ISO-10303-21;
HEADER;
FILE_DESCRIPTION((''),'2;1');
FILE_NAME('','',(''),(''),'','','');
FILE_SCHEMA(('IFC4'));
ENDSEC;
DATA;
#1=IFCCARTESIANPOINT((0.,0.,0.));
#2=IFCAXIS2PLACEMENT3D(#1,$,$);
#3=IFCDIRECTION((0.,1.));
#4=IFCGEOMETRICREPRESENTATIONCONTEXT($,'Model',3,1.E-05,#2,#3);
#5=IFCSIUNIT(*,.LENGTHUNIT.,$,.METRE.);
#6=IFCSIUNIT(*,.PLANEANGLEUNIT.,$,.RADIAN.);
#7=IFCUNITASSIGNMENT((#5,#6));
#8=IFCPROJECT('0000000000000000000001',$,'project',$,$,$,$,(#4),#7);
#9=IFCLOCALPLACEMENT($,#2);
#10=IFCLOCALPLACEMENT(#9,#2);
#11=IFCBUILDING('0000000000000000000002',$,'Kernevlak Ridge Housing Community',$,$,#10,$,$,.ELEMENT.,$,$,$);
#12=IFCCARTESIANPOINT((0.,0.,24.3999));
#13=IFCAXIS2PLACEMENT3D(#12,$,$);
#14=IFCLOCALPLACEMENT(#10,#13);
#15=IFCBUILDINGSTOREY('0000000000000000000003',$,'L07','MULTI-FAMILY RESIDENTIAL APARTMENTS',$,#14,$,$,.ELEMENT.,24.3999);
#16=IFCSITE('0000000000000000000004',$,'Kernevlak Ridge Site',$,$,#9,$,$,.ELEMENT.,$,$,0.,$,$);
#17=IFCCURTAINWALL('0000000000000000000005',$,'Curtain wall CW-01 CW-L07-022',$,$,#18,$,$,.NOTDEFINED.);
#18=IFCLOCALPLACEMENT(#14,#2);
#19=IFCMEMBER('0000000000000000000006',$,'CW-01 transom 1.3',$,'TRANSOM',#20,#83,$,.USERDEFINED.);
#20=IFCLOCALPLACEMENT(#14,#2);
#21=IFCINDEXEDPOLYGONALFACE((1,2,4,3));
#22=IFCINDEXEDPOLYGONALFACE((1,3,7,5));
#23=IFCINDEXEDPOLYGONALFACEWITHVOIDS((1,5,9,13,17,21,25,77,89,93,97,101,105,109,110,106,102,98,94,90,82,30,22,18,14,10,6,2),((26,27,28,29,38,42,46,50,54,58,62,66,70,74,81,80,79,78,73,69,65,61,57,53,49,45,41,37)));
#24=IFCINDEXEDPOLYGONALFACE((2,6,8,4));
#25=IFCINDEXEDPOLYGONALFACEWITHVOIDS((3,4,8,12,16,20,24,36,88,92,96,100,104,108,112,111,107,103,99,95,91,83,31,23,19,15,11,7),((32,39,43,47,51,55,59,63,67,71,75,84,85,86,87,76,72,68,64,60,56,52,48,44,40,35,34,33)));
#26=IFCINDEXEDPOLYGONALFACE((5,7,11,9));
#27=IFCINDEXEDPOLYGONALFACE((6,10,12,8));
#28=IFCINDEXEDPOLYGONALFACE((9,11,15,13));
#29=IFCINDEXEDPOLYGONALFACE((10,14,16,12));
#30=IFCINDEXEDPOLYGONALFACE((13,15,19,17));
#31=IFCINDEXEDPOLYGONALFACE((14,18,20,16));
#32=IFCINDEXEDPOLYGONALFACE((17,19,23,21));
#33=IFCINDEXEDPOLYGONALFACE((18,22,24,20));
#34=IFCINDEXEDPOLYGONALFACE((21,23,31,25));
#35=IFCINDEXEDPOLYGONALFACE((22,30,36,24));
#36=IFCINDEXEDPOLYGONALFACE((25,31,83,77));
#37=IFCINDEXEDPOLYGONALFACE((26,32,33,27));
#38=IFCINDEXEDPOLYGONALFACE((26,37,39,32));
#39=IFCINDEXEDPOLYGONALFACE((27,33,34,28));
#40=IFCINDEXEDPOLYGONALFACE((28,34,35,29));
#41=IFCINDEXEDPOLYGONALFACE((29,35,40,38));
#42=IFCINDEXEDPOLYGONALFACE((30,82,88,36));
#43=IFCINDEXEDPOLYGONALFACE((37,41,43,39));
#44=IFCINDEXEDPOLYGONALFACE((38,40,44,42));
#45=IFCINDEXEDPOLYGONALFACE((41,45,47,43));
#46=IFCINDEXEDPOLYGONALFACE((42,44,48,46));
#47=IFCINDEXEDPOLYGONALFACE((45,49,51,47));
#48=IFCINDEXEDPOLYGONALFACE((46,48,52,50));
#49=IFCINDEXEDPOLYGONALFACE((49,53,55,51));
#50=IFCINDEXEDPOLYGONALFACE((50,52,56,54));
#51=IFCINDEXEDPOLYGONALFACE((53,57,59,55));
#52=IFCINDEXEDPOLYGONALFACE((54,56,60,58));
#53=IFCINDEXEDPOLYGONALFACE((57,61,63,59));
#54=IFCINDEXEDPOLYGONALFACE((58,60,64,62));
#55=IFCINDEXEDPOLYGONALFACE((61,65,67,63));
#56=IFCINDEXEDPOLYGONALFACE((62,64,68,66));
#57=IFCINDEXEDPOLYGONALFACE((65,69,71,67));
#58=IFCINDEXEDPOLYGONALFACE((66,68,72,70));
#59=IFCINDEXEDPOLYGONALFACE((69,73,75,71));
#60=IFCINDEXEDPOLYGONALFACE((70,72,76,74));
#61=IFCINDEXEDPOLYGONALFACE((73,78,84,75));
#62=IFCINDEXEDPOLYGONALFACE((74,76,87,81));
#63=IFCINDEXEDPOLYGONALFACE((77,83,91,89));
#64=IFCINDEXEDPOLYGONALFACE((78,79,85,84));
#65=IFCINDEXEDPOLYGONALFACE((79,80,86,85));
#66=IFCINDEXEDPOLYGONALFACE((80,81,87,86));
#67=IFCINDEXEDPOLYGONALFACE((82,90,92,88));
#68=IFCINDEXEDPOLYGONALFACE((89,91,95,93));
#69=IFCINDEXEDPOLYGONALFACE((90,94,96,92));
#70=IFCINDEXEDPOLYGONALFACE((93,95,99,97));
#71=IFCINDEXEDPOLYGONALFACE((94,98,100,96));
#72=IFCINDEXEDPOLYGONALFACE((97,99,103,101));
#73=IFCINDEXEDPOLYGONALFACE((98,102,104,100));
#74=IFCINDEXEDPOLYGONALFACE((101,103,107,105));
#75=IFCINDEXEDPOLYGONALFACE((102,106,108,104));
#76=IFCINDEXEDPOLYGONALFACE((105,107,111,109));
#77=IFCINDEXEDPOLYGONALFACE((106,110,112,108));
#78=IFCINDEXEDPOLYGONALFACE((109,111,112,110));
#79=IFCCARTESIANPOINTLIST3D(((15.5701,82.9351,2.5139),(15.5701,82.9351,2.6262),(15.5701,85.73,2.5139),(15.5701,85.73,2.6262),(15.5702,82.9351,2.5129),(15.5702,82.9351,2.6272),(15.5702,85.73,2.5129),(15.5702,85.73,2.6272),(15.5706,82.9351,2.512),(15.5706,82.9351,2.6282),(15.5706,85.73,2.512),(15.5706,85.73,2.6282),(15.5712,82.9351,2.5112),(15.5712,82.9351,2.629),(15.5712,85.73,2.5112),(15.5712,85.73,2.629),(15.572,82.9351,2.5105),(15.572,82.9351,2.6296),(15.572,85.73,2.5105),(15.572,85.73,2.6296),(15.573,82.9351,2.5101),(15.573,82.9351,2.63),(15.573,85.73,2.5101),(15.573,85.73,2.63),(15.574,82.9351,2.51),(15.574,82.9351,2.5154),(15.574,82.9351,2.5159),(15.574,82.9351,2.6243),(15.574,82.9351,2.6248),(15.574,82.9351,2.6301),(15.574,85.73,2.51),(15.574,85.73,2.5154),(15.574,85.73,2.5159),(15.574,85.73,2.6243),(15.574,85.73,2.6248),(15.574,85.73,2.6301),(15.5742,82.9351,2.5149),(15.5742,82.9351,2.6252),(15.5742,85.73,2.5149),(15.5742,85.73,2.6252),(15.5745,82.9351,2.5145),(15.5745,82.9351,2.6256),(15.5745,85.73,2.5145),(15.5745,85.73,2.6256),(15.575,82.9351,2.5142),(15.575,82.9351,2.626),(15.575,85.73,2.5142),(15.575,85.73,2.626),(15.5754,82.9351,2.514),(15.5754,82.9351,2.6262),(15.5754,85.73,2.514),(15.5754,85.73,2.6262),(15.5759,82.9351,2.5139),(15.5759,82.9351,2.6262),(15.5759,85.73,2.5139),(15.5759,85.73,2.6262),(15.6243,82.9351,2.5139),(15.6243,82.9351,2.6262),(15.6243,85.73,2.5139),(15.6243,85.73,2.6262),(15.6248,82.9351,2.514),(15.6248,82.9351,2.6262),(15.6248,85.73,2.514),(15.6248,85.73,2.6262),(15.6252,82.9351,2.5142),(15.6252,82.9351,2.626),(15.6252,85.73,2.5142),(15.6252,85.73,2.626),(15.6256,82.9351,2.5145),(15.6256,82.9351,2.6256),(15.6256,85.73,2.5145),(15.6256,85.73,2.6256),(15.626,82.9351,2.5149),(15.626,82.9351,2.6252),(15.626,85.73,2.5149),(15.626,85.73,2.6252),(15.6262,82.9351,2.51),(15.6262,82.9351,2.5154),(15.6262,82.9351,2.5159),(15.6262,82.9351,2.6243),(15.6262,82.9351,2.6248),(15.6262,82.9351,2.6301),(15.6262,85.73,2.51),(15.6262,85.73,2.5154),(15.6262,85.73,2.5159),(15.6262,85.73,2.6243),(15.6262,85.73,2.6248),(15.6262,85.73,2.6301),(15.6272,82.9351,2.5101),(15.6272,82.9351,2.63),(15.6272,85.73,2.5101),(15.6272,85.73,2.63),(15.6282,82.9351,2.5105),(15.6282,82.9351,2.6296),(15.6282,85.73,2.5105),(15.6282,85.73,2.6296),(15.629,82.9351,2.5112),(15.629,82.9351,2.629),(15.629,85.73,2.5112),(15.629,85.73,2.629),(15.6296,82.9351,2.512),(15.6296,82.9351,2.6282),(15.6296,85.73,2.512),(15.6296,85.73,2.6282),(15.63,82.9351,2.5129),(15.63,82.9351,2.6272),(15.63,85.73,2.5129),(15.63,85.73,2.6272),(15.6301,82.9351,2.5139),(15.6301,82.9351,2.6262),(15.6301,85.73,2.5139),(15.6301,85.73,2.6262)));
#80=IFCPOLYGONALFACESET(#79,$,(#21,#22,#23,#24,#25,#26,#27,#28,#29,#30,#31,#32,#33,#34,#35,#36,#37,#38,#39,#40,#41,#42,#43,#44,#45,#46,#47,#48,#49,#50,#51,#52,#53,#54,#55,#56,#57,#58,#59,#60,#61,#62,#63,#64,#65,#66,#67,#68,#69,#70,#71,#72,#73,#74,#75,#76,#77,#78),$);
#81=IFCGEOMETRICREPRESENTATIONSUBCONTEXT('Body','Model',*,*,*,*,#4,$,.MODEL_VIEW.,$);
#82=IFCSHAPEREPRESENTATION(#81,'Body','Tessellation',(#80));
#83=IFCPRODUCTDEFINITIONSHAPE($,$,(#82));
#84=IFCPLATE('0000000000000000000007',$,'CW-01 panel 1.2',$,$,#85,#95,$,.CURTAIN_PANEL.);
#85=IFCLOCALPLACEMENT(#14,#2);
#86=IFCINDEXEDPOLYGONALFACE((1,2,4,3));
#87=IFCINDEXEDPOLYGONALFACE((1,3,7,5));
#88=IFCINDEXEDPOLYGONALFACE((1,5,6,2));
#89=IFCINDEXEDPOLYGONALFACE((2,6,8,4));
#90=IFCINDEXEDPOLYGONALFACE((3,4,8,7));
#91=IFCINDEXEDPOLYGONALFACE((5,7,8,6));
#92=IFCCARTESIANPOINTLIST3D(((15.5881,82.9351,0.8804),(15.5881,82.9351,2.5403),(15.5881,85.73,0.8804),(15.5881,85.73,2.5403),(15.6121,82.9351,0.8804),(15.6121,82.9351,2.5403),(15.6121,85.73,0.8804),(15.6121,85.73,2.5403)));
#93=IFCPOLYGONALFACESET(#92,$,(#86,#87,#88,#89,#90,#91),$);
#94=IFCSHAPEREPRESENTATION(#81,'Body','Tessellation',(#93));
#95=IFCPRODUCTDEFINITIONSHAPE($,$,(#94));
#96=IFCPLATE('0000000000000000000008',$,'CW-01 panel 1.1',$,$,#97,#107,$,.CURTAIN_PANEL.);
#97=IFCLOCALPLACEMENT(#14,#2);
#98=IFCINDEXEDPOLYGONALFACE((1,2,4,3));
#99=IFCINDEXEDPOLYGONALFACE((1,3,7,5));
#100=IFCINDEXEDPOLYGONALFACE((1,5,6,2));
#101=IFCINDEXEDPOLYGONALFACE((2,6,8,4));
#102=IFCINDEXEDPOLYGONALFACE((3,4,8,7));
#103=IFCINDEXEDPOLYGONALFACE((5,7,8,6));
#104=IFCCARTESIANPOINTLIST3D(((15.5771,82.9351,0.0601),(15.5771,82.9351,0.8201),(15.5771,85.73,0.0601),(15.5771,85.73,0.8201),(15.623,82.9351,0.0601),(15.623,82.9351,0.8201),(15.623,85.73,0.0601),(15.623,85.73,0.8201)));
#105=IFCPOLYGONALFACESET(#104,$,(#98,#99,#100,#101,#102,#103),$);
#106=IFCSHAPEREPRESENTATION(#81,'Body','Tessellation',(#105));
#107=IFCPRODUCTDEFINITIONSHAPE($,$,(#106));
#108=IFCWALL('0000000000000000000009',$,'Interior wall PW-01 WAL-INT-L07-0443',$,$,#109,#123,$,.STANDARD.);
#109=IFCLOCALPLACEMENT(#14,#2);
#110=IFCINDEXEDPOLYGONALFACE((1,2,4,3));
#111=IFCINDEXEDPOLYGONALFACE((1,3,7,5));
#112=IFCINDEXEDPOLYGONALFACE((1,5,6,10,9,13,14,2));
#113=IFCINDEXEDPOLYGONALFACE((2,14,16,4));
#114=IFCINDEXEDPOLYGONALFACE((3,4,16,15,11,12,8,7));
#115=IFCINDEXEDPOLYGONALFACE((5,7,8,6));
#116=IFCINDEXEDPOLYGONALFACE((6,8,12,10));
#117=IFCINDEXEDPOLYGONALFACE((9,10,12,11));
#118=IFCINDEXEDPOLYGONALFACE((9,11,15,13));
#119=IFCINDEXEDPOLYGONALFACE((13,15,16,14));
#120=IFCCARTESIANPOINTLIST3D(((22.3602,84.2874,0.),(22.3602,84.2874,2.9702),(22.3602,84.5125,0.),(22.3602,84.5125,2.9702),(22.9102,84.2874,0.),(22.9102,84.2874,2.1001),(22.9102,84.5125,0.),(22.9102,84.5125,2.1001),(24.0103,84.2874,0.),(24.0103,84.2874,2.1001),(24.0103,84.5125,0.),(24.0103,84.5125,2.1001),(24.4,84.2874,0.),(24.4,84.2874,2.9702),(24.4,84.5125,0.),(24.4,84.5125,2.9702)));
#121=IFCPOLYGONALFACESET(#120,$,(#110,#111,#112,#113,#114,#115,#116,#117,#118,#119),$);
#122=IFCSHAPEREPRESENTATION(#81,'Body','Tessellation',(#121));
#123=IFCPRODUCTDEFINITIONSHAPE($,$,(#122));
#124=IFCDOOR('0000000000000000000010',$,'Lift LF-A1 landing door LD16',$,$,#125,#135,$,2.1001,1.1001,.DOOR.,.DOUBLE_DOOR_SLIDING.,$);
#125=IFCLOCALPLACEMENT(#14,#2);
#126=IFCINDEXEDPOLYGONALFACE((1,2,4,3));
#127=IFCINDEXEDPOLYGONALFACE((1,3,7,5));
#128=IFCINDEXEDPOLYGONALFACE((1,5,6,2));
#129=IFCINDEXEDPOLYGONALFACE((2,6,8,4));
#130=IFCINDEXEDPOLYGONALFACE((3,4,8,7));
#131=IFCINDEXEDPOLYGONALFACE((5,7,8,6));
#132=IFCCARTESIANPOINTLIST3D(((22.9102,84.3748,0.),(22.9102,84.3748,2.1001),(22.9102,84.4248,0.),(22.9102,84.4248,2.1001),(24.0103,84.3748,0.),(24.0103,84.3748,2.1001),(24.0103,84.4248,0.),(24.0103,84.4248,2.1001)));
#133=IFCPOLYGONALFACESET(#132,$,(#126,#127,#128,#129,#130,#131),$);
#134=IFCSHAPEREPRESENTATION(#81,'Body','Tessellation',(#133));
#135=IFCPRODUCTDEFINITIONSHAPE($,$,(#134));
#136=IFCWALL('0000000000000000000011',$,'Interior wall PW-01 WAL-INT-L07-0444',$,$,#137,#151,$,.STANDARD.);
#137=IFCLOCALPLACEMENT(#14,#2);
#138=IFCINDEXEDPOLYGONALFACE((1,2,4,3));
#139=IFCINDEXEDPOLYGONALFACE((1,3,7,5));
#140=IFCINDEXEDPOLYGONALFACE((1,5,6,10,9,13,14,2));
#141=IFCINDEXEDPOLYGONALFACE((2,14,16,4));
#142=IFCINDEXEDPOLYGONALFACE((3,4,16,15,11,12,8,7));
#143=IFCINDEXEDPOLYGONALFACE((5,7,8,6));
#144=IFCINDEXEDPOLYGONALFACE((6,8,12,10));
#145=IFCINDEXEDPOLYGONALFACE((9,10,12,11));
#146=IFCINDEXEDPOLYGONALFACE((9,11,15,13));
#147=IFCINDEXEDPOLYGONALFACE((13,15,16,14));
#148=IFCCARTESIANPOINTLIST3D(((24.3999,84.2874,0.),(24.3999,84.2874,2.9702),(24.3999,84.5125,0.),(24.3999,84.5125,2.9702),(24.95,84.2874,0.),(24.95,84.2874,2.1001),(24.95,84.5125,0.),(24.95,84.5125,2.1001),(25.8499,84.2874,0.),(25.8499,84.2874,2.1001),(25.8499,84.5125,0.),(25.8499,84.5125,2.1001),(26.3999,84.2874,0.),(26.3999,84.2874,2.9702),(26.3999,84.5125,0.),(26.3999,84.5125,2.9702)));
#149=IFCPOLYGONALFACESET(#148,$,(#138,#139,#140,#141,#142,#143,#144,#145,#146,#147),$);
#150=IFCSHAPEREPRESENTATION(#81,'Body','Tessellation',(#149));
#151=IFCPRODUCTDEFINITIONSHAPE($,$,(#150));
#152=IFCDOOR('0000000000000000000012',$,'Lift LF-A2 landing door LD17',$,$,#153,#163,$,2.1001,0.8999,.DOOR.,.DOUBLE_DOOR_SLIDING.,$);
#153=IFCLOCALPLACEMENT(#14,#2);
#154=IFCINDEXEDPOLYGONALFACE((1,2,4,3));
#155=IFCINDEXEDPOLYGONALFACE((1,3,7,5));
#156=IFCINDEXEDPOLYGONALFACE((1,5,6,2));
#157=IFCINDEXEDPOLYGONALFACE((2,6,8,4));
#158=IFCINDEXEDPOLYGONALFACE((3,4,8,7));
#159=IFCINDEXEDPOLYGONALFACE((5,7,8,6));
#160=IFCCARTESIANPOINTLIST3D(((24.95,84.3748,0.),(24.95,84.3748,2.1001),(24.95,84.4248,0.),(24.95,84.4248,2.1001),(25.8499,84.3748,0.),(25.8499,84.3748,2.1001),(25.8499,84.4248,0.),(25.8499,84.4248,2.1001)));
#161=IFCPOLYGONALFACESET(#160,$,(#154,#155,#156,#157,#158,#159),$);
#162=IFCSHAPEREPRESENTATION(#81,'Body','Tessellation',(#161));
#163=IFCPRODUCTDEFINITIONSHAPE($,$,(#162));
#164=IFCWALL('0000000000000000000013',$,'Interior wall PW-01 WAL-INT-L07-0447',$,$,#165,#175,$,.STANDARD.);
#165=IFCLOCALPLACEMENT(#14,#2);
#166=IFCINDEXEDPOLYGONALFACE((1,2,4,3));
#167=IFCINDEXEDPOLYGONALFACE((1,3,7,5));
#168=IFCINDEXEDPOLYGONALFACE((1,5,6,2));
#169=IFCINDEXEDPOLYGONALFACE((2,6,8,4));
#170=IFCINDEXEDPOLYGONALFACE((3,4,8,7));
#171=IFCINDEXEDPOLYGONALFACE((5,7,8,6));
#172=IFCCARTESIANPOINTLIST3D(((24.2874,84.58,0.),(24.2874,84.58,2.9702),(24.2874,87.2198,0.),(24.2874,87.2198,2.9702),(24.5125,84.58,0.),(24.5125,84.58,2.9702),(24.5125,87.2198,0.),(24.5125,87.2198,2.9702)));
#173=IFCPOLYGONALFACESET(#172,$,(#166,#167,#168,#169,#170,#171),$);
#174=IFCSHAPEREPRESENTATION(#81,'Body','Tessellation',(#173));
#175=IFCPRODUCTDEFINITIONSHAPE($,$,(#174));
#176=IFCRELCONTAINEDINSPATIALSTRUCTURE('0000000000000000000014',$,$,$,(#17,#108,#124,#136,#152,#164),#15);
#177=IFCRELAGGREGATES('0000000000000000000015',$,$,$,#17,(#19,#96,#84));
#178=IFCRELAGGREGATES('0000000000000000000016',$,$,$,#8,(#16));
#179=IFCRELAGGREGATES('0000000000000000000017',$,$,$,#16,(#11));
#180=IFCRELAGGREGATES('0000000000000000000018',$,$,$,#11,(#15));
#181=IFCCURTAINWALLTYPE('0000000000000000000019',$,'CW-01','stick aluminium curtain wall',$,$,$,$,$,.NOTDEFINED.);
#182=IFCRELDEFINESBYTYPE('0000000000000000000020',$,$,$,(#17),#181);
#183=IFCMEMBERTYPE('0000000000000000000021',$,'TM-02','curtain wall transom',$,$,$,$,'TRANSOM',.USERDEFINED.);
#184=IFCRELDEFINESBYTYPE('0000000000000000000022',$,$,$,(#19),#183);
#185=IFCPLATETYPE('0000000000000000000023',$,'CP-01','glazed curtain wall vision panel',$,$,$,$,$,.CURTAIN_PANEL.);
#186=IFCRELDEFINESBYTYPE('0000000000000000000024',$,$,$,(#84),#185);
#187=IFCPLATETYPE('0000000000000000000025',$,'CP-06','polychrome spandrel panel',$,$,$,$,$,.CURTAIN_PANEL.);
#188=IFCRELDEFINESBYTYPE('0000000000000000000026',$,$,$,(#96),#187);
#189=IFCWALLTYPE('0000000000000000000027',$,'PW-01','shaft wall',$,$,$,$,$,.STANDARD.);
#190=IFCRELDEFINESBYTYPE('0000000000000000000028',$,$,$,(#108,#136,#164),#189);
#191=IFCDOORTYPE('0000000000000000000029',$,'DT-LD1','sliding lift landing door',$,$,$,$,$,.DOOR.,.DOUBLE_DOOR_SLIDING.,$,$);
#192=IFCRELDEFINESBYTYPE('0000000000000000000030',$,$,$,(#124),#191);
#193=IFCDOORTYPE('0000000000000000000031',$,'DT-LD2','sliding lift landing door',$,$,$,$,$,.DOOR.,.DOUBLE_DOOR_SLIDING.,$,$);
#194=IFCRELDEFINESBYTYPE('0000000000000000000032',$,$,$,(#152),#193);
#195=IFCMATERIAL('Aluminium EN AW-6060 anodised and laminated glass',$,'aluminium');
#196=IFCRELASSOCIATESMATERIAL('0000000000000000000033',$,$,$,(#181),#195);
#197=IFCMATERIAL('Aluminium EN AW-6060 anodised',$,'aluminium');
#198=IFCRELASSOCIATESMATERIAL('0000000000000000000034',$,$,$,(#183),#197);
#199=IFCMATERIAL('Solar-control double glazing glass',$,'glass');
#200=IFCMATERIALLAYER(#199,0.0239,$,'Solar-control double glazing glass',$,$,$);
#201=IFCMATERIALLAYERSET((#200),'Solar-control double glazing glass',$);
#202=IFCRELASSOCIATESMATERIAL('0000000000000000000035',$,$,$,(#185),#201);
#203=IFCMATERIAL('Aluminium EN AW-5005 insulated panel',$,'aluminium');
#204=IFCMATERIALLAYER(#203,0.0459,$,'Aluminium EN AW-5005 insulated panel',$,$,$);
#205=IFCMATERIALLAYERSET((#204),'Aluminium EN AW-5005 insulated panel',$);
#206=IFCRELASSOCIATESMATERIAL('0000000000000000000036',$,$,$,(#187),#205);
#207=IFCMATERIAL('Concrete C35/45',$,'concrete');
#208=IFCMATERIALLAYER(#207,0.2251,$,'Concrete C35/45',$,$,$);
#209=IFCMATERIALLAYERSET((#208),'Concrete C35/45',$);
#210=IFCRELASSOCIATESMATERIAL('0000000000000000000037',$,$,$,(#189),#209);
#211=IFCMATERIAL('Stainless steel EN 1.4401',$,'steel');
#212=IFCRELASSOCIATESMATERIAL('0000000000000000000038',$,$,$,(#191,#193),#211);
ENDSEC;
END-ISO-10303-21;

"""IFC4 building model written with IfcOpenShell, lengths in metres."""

from ifc_helpers import new_model, si_unit, direction, frame, frame_2d, origin, origin_2d, place, context, subcontext, project, spatial, rectangle, hollow_rectangle, extrude, material, layer, layer_set, material_profile, profile_set, type_object, element, fill, aggregate, save


model = new_model("IFC4")

# Units and contexts
model_context = context("Model", 3, precision=1e-05, world=origin(), true_north=direction((0.0, 1.0)))
body_context = subcontext(model_context, "Body", "Model", "MODEL_VIEW")
ifc_project = project(units=[si_unit("LENGTHUNIT", "METRE"), si_unit("PLANEANGLEUNIT", "RADIAN")], contexts=[model_context])

# Site, building, storey
site_placement = place(None, origin())
site = spatial("IfcSite", under=ifc_project, at=site_placement, Name="Kernevlak Ridge Site", CompositionType="ELEMENT", RefElevation=0.0)
building_placement = place(site_placement, origin())
building = spatial("IfcBuilding", under=site, at=building_placement, Name="Kernevlak Ridge Housing Community", CompositionType="ELEMENT")
storey_placement = place(building_placement, frame((0.0, 0.0, 24.3999)))
storey = spatial("IfcBuildingStorey", under=building, at=storey_placement, Name="L07", Description="MULTI-FAMILY RESIDENTIAL APARTMENTS", CompositionType="ELEMENT", Elevation=24.3999)

# Shared definitions
ifc_material_1 = material(Name="Concrete C35/45", Category="concrete")

# Curtain wall
ifc_material_2 = material(Name="Aluminium EN AW-6060 anodised and laminated glass", Category="aluminium")
curtain_wall_type = type_object("IfcCurtainWallType", Name="CW-01", Description="stick aluminium curtain wall", PredefinedType="NOTDEFINED", material=ifc_material_2)
curtain_wall_placement = place(storey_placement, origin())
curtain_wall = element("IfcCurtainWall", 1, at=curtain_wall_placement, inside=storey, type_object=curtain_wall_type, Name="Curtain wall CW-01 CW-L07-022", PredefinedType="NOTDEFINED")
ifc_material_3 = material(Name="Aluminium EN AW-6060 anodised", Category="aluminium")

# Member
ifc_material_profile_1 = material_profile(ifc_material_3, hollow_rectangle(XDim=0.0601, YDim=0.1201, WallThickness=0.0039, InnerFilletRadius=0.002, OuterFilletRadius=0.0039, at=origin_2d()), Name="ALU 60x120x4")
ifc_profile_set_1 = profile_set([ifc_material_profile_1], Name="Aluminium EN AW-6060 anodised")
member_type_1 = type_object("IfcMemberType", Name="TM-02", Description="curtain wall transom", ElementType="TRANSOM", PredefinedType="USERDEFINED", material=ifc_profile_set_1)
member_1_placement = place(storey_placement, frame((15.6001, 82.9351, 2.5701), z_axis=(0.0, 1.0, 0.0), x_axis=(-1.0, 0.0, 0.0)))
member_1 = element("IfcMember", 2, at=member_1_placement, type_object=member_type_1, Name="CW-01 transom 1.3", ObjectType="TRANSOM", PredefinedType="USERDEFINED", context=body_context, shape_type="SweptSolid", body=[
    extrude(hollow_rectangle(XDim=0.0601, YDim=0.1201, WallThickness=0.0039, InnerFilletRadius=0.002, OuterFilletRadius=0.0039, at=origin_2d()), origin(), (0.0, 0.0, 1.0), 2.7949),
])

# Plates
ifc_material_4 = material(Name="Solar-control double glazing glass", Category="glass")
ifc_layer_1 = layer(ifc_material_4, 0.0239, Name="Solar-control double glazing glass")
ifc_layer_set_1 = layer_set([ifc_layer_1], Name="Solar-control double glazing glass")
plate_type_1 = type_object("IfcPlateType", Name="CP-01", Description="glazed curtain wall vision panel", PredefinedType="CURTAIN_PANEL", material=ifc_layer_set_1)
plate_1_placement = place(storey_placement, frame((15.6001, 84.3325, 0.8804), z_axis=(0.0, 0.0, 1.0), x_axis=(0.0, 1.0, 0.0)))
plate_1 = element("IfcPlate", 3, at=plate_1_placement, type_object=plate_type_1, Name="CW-01 panel 1.2", PredefinedType="CURTAIN_PANEL", context=body_context, shape_type="SweptSolid", body=[
    extrude(rectangle(XDim=2.7949, YDim=0.0239, at=origin_2d()), origin(), (0.0, 0.0, 1.0), 1.6599),
])
ifc_material_5 = material(Name="Aluminium EN AW-5005 insulated panel", Category="aluminium")
ifc_layer_2 = layer(ifc_material_5, 0.0459, Name="Aluminium EN AW-5005 insulated panel")
ifc_layer_set_2 = layer_set([ifc_layer_2], Name="Aluminium EN AW-5005 insulated panel")
plate_type_2 = type_object("IfcPlateType", Name="CP-06", Description="polychrome spandrel panel", PredefinedType="CURTAIN_PANEL", material=ifc_layer_set_2)
plate_2_placement = place(storey_placement, frame((15.6001, 84.3325, 0.0601), z_axis=(0.0, 0.0, 1.0), x_axis=(0.0, 1.0, 0.0)))
plate_2 = element("IfcPlate", 4, at=plate_2_placement, type_object=plate_type_2, Name="CW-01 panel 1.1", PredefinedType="CURTAIN_PANEL", context=body_context, shape_type="SweptSolid", body=[
    extrude(rectangle(XDim=2.7949, YDim=0.0459, at=origin_2d()), origin(), (0.0, 0.0, 1.0), 0.76),
])
aggregate(curtain_wall, [member_1, plate_2, plate_1])

# Walls, openings, doors
ifc_layer_3 = layer(ifc_material_1, 0.2251, Name="Concrete C35/45")
ifc_layer_set_3 = layer_set([ifc_layer_3], Name="Concrete C35/45")
wall_type_1 = type_object("IfcWallType", Name="PW-01", Description="shaft wall", PredefinedType="STANDARD", material=ifc_layer_set_3)
wall_1_placement = place(storey_placement, frame((22.3601, 84.3999, 0.0), z_axis=(0.0, 0.0, 1.0), x_axis=(1.0, 0.0, 0.0)))
wall_1 = element("IfcWall", 5, at=wall_1_placement, inside=storey, type_object=wall_type_1, Name="Interior wall PW-01 WAL-INT-L07-0443", PredefinedType="STANDARD", context=body_context, shape_type="SweptSolid", body=[
    extrude(rectangle(XDim=2.0398, YDim=0.2251, at=frame_2d((1.02, 0.0))), origin(), (0.0, 0.0, 1.0), 2.9702),
])
opening_1_placement = place(wall_1_placement, frame((0.55, 0.0, 0.0)))
opening_1 = element("IfcOpeningElement", 6, at=opening_1_placement, cuts=wall_1, PredefinedType="OPENING", context=body_context, shape_type="SweptSolid", body=[
    extrude(rectangle(XDim=1.1001, YDim=2.1001, at=frame_2d((0.55, 1.05))), frame((0.0, 0.1226, 0.0), z_axis=(0.0, -1.0, 0.0), x_axis=(1.0, 0.0, 0.0)), (0.0, 0.0, 1.0), 0.2451),
])
ifc_material_6 = material(Name="Stainless steel EN 1.4401", Category="steel")
door_type_1 = type_object("IfcDoorType", Name="DT-LD1", Description="sliding lift landing door", OperationType="DOUBLE_DOOR_SLIDING", PredefinedType="DOOR", material=ifc_material_6)
door_1_placement = place(opening_1_placement, origin())
door_1 = element("IfcDoor", 7, at=door_1_placement, inside=storey, type_object=door_type_1, Name="Lift LF-A1 landing door LD16", OperationType="DOUBLE_DOOR_SLIDING", OverallHeight=2.1001, OverallWidth=1.1001, PredefinedType="DOOR", context=body_context, shape_type="SweptSolid", body=[
    extrude(rectangle(XDim=1.1001, YDim=2.1001, at=frame_2d((0.55, 1.05))), frame((0.0, 0.0249, 0.0), z_axis=(0.0, -1.0, 0.0), x_axis=(1.0, 0.0, 0.0)), (0.0, 0.0, 1.0), 0.05),
])
fill(opening_1, door_1)
wall_2_placement = place(storey_placement, frame((24.3999, 84.3999, 0.0), z_axis=(0.0, 0.0, 1.0), x_axis=(1.0, 0.0, 0.0)))
wall_2 = element("IfcWall", 8, at=wall_2_placement, inside=storey, type_object=wall_type_1, Name="Interior wall PW-01 WAL-INT-L07-0444", PredefinedType="STANDARD", context=body_context, shape_type="SweptSolid", body=[
    extrude(rectangle(XDim=2.0, YDim=0.2251, at=frame_2d((1.0, 0.0))), origin(), (0.0, 0.0, 1.0), 2.9702),
])
opening_2_placement = place(wall_2_placement, frame((0.55, 0.0, 0.0)))
opening_2 = element("IfcOpeningElement", 9, at=opening_2_placement, cuts=wall_2, PredefinedType="OPENING", context=body_context, shape_type="SweptSolid", body=[
    extrude(rectangle(XDim=0.8999, YDim=2.1001, at=frame_2d((0.45, 1.05))), frame((0.0, 0.1226, 0.0), z_axis=(0.0, -1.0, 0.0), x_axis=(1.0, 0.0, 0.0)), (0.0, 0.0, 1.0), 0.2451),
])
door_type_2 = type_object("IfcDoorType", Name="DT-LD2", Description="sliding lift landing door", OperationType="DOUBLE_DOOR_SLIDING", PredefinedType="DOOR", material=ifc_material_6)
door_2_placement = place(opening_2_placement, origin())
door_2 = element("IfcDoor", 10, at=door_2_placement, inside=storey, type_object=door_type_2, Name="Lift LF-A2 landing door LD17", OperationType="DOUBLE_DOOR_SLIDING", OverallHeight=2.1001, OverallWidth=0.8999, PredefinedType="DOOR", context=body_context, shape_type="SweptSolid", body=[
    extrude(rectangle(XDim=0.8999, YDim=2.1001, at=frame_2d((0.45, 1.05))), frame((0.0, 0.0249, 0.0), z_axis=(0.0, -1.0, 0.0), x_axis=(1.0, 0.0, 0.0)), (0.0, 0.0, 1.0), 0.05),
])
fill(opening_2, door_2)

# Wall
for number, where, z_axis, x_axis, name in (
    (11, (24.3999, 84.5801, 0.0), (0.0, 0.0, 1.0), (0.0, 1.0, 0.0), "Interior wall PW-01 WAL-INT-L07-0447"),
):
    element("IfcWall", number, at=place(storey_placement, frame(where, z_axis=z_axis, x_axis=x_axis)), inside=storey, type_object=wall_type_1, Name=name, PredefinedType="STANDARD", context=body_context, shape_type="SweptSolid", body=[
        extrude(rectangle(XDim=2.6399, YDim=0.2251, at=frame_2d((1.3198, 0.0))), origin(), (0.0, 0.0, 1.0), 2.9702),
    ])

save(model, "model.ifc")
